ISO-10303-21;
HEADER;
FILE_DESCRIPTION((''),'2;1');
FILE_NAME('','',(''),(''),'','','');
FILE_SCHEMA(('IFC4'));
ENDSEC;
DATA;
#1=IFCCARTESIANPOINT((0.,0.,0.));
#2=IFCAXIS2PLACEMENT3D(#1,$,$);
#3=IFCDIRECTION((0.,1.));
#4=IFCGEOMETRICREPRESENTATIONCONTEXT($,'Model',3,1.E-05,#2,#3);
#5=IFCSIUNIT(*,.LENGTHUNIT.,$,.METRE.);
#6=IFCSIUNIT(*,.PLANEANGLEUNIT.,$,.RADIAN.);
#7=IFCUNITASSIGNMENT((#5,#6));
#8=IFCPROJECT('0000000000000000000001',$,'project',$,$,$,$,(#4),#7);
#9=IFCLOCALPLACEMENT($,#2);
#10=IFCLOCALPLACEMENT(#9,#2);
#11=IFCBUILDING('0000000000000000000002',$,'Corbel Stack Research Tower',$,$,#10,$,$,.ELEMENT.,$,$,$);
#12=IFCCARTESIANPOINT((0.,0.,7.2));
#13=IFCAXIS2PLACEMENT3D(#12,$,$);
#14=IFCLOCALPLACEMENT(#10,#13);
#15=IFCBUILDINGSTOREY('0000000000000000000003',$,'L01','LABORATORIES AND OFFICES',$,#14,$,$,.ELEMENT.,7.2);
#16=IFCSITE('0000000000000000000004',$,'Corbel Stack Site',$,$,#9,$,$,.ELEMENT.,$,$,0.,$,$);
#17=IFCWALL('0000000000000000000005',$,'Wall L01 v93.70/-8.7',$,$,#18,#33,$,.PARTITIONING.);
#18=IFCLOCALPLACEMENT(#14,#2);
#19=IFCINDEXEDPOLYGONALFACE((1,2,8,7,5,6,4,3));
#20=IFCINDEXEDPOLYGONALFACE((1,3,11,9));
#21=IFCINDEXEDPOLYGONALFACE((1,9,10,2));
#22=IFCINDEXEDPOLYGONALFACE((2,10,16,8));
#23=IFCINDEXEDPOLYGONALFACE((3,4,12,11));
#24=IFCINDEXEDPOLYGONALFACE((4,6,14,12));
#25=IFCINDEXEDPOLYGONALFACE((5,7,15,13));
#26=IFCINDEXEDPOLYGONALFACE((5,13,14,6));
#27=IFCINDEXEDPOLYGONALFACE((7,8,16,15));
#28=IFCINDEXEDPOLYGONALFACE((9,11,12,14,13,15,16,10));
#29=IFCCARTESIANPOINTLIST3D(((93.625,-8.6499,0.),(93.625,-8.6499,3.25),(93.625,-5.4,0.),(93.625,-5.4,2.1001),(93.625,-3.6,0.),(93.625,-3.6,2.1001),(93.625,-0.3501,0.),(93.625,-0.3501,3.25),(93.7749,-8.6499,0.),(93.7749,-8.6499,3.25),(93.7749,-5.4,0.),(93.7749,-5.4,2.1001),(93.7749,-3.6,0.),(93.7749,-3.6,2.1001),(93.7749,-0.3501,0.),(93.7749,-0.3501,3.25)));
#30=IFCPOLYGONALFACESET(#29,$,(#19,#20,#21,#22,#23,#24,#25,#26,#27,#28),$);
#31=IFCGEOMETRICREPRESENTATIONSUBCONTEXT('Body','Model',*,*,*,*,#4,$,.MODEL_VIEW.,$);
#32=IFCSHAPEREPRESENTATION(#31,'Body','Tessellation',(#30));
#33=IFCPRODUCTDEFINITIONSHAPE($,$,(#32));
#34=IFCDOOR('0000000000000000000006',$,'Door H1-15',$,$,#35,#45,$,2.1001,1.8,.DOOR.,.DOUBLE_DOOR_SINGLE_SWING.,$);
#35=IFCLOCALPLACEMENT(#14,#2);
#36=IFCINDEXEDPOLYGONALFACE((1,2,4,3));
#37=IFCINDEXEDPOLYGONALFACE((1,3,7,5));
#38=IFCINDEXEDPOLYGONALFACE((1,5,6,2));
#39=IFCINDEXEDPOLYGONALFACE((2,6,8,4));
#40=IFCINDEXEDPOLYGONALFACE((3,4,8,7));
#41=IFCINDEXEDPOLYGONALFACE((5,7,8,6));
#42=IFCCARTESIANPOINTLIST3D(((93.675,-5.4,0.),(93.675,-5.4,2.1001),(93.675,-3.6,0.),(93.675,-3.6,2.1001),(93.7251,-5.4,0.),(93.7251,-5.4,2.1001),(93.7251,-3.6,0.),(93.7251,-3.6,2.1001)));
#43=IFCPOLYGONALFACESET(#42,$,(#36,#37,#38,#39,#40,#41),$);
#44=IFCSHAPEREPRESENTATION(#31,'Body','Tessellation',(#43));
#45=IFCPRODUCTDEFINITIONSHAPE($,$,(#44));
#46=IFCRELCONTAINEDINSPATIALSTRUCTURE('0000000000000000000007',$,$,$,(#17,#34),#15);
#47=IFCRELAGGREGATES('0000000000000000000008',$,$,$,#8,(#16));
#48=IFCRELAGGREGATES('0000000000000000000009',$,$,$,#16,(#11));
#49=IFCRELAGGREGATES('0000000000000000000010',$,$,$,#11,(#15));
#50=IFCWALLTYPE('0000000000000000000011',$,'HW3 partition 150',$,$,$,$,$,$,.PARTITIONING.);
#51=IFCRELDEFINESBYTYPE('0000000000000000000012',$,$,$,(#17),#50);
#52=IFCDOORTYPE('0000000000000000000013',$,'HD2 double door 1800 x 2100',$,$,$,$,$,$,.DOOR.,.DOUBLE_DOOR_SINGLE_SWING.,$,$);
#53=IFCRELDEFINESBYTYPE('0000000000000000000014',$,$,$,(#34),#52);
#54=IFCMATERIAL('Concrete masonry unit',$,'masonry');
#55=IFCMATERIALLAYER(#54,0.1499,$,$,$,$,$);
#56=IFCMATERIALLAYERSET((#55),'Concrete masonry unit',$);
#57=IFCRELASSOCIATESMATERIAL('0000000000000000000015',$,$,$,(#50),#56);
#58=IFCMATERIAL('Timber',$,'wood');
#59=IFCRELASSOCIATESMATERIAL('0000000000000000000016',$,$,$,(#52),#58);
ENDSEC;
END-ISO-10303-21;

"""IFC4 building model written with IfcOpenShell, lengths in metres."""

from ifc_helpers import new_model, si_unit, direction, frame, frame_2d, origin, place, context, subcontext, project, spatial, rectangle, extrude, material, layer, layer_set, type_object, element, fill, save


model = new_model("IFC4")

# Units and contexts
model_context = context("Model", 3, precision=1e-05, world=origin(), true_north=direction((0.0, 1.0)))
body_context = subcontext(model_context, "Body", "Model", "MODEL_VIEW")
ifc_project = project(units=[si_unit("LENGTHUNIT", "METRE"), si_unit("PLANEANGLEUNIT", "RADIAN")], contexts=[model_context])

# Site, building, storey
site_placement = place(None, origin())
site = spatial("IfcSite", under=ifc_project, at=site_placement, Name="Corbel Stack Site", CompositionType="ELEMENT", RefElevation=0.0)
building_placement = place(site_placement, origin())
building = spatial("IfcBuilding", under=site, at=building_placement, Name="Corbel Stack Research Tower", CompositionType="ELEMENT")
storey_placement = place(building_placement, frame((0.0, 0.0, 7.2)))
storey = spatial("IfcBuildingStorey", under=building, at=storey_placement, Name="L01", Description="LABORATORIES AND OFFICES", CompositionType="ELEMENT", Elevation=7.2)

# Shared definitions
ifc_material_1 = material(Name="Concrete masonry unit", Category="masonry")
ifc_layer_1 = layer(ifc_material_1, 0.1499)
ifc_layer_set_1 = layer_set([ifc_layer_1], Name="Concrete masonry unit")
wall_type_1 = type_object("IfcWallType", Name="HW3 partition 150", PredefinedType="PARTITIONING", material=ifc_layer_set_1)

# Wall, opening, door
ifc_material_2 = material(Name="Timber", Category="wood")
door_type = type_object("IfcDoorType", Name="HD2 double door 1800 x 2100", OperationType="DOUBLE_DOOR_SINGLE_SWING", PredefinedType="DOOR", material=ifc_material_2)
wall_1_placement = place(storey_placement, frame((93.7, -8.6499, 0.0), z_axis=(0.0, 0.0, 1.0), x_axis=(0.0, 1.0, 0.0)))
wall_1 = element("IfcWall", 1, at=wall_1_placement, inside=storey, type_object=wall_type_1, Name="Wall L01 v93.70/-8.7", PredefinedType="PARTITIONING", context=body_context, shape_type="SweptSolid", body=[
    extrude(rectangle(XDim=8.2998, YDim=0.1499, at=frame_2d((4.1499, 0.0))), origin(), (0.0, 0.0, 1.0), 3.25),
])
opening_1_placement = place(wall_1_placement, frame((3.25, 0.0, 0.0)))
opening_1 = element("IfcOpeningElement", 2, at=opening_1_placement, cuts=wall_1, PredefinedType="OPENING", context=body_context, shape_type="SweptSolid", body=[
    extrude(rectangle(XDim=1.8, YDim=2.1001, at=frame_2d((0.8999, 1.05))), frame((0.0, 0.085, 0.0), z_axis=(0.0, -1.0, 0.0), x_axis=(1.0, 0.0, 0.0)), (0.0, 0.0, 1.0), 0.1699),
])
door_1_placement = place(opening_1_placement, origin())
door_1 = element("IfcDoor", 3, at=door_1_placement, inside=storey, type_object=door_type, Name="Door H1-15", OperationType="DOUBLE_DOOR_SINGLE_SWING", OverallHeight=2.1001, OverallWidth=1.8, PredefinedType="DOOR", context=body_context, shape_type="SweptSolid", body=[
    extrude(rectangle(XDim=1.8, YDim=2.1001, at=frame_2d((0.8999, 1.05))), frame((0.0, 0.0249, 0.0), z_axis=(0.0, -1.0, 0.0), x_axis=(1.0, 0.0, 0.0)), (0.0, 0.0, 1.0), 0.05),
])
fill(opening_1, door_1)

save(model, "model.ifc")
